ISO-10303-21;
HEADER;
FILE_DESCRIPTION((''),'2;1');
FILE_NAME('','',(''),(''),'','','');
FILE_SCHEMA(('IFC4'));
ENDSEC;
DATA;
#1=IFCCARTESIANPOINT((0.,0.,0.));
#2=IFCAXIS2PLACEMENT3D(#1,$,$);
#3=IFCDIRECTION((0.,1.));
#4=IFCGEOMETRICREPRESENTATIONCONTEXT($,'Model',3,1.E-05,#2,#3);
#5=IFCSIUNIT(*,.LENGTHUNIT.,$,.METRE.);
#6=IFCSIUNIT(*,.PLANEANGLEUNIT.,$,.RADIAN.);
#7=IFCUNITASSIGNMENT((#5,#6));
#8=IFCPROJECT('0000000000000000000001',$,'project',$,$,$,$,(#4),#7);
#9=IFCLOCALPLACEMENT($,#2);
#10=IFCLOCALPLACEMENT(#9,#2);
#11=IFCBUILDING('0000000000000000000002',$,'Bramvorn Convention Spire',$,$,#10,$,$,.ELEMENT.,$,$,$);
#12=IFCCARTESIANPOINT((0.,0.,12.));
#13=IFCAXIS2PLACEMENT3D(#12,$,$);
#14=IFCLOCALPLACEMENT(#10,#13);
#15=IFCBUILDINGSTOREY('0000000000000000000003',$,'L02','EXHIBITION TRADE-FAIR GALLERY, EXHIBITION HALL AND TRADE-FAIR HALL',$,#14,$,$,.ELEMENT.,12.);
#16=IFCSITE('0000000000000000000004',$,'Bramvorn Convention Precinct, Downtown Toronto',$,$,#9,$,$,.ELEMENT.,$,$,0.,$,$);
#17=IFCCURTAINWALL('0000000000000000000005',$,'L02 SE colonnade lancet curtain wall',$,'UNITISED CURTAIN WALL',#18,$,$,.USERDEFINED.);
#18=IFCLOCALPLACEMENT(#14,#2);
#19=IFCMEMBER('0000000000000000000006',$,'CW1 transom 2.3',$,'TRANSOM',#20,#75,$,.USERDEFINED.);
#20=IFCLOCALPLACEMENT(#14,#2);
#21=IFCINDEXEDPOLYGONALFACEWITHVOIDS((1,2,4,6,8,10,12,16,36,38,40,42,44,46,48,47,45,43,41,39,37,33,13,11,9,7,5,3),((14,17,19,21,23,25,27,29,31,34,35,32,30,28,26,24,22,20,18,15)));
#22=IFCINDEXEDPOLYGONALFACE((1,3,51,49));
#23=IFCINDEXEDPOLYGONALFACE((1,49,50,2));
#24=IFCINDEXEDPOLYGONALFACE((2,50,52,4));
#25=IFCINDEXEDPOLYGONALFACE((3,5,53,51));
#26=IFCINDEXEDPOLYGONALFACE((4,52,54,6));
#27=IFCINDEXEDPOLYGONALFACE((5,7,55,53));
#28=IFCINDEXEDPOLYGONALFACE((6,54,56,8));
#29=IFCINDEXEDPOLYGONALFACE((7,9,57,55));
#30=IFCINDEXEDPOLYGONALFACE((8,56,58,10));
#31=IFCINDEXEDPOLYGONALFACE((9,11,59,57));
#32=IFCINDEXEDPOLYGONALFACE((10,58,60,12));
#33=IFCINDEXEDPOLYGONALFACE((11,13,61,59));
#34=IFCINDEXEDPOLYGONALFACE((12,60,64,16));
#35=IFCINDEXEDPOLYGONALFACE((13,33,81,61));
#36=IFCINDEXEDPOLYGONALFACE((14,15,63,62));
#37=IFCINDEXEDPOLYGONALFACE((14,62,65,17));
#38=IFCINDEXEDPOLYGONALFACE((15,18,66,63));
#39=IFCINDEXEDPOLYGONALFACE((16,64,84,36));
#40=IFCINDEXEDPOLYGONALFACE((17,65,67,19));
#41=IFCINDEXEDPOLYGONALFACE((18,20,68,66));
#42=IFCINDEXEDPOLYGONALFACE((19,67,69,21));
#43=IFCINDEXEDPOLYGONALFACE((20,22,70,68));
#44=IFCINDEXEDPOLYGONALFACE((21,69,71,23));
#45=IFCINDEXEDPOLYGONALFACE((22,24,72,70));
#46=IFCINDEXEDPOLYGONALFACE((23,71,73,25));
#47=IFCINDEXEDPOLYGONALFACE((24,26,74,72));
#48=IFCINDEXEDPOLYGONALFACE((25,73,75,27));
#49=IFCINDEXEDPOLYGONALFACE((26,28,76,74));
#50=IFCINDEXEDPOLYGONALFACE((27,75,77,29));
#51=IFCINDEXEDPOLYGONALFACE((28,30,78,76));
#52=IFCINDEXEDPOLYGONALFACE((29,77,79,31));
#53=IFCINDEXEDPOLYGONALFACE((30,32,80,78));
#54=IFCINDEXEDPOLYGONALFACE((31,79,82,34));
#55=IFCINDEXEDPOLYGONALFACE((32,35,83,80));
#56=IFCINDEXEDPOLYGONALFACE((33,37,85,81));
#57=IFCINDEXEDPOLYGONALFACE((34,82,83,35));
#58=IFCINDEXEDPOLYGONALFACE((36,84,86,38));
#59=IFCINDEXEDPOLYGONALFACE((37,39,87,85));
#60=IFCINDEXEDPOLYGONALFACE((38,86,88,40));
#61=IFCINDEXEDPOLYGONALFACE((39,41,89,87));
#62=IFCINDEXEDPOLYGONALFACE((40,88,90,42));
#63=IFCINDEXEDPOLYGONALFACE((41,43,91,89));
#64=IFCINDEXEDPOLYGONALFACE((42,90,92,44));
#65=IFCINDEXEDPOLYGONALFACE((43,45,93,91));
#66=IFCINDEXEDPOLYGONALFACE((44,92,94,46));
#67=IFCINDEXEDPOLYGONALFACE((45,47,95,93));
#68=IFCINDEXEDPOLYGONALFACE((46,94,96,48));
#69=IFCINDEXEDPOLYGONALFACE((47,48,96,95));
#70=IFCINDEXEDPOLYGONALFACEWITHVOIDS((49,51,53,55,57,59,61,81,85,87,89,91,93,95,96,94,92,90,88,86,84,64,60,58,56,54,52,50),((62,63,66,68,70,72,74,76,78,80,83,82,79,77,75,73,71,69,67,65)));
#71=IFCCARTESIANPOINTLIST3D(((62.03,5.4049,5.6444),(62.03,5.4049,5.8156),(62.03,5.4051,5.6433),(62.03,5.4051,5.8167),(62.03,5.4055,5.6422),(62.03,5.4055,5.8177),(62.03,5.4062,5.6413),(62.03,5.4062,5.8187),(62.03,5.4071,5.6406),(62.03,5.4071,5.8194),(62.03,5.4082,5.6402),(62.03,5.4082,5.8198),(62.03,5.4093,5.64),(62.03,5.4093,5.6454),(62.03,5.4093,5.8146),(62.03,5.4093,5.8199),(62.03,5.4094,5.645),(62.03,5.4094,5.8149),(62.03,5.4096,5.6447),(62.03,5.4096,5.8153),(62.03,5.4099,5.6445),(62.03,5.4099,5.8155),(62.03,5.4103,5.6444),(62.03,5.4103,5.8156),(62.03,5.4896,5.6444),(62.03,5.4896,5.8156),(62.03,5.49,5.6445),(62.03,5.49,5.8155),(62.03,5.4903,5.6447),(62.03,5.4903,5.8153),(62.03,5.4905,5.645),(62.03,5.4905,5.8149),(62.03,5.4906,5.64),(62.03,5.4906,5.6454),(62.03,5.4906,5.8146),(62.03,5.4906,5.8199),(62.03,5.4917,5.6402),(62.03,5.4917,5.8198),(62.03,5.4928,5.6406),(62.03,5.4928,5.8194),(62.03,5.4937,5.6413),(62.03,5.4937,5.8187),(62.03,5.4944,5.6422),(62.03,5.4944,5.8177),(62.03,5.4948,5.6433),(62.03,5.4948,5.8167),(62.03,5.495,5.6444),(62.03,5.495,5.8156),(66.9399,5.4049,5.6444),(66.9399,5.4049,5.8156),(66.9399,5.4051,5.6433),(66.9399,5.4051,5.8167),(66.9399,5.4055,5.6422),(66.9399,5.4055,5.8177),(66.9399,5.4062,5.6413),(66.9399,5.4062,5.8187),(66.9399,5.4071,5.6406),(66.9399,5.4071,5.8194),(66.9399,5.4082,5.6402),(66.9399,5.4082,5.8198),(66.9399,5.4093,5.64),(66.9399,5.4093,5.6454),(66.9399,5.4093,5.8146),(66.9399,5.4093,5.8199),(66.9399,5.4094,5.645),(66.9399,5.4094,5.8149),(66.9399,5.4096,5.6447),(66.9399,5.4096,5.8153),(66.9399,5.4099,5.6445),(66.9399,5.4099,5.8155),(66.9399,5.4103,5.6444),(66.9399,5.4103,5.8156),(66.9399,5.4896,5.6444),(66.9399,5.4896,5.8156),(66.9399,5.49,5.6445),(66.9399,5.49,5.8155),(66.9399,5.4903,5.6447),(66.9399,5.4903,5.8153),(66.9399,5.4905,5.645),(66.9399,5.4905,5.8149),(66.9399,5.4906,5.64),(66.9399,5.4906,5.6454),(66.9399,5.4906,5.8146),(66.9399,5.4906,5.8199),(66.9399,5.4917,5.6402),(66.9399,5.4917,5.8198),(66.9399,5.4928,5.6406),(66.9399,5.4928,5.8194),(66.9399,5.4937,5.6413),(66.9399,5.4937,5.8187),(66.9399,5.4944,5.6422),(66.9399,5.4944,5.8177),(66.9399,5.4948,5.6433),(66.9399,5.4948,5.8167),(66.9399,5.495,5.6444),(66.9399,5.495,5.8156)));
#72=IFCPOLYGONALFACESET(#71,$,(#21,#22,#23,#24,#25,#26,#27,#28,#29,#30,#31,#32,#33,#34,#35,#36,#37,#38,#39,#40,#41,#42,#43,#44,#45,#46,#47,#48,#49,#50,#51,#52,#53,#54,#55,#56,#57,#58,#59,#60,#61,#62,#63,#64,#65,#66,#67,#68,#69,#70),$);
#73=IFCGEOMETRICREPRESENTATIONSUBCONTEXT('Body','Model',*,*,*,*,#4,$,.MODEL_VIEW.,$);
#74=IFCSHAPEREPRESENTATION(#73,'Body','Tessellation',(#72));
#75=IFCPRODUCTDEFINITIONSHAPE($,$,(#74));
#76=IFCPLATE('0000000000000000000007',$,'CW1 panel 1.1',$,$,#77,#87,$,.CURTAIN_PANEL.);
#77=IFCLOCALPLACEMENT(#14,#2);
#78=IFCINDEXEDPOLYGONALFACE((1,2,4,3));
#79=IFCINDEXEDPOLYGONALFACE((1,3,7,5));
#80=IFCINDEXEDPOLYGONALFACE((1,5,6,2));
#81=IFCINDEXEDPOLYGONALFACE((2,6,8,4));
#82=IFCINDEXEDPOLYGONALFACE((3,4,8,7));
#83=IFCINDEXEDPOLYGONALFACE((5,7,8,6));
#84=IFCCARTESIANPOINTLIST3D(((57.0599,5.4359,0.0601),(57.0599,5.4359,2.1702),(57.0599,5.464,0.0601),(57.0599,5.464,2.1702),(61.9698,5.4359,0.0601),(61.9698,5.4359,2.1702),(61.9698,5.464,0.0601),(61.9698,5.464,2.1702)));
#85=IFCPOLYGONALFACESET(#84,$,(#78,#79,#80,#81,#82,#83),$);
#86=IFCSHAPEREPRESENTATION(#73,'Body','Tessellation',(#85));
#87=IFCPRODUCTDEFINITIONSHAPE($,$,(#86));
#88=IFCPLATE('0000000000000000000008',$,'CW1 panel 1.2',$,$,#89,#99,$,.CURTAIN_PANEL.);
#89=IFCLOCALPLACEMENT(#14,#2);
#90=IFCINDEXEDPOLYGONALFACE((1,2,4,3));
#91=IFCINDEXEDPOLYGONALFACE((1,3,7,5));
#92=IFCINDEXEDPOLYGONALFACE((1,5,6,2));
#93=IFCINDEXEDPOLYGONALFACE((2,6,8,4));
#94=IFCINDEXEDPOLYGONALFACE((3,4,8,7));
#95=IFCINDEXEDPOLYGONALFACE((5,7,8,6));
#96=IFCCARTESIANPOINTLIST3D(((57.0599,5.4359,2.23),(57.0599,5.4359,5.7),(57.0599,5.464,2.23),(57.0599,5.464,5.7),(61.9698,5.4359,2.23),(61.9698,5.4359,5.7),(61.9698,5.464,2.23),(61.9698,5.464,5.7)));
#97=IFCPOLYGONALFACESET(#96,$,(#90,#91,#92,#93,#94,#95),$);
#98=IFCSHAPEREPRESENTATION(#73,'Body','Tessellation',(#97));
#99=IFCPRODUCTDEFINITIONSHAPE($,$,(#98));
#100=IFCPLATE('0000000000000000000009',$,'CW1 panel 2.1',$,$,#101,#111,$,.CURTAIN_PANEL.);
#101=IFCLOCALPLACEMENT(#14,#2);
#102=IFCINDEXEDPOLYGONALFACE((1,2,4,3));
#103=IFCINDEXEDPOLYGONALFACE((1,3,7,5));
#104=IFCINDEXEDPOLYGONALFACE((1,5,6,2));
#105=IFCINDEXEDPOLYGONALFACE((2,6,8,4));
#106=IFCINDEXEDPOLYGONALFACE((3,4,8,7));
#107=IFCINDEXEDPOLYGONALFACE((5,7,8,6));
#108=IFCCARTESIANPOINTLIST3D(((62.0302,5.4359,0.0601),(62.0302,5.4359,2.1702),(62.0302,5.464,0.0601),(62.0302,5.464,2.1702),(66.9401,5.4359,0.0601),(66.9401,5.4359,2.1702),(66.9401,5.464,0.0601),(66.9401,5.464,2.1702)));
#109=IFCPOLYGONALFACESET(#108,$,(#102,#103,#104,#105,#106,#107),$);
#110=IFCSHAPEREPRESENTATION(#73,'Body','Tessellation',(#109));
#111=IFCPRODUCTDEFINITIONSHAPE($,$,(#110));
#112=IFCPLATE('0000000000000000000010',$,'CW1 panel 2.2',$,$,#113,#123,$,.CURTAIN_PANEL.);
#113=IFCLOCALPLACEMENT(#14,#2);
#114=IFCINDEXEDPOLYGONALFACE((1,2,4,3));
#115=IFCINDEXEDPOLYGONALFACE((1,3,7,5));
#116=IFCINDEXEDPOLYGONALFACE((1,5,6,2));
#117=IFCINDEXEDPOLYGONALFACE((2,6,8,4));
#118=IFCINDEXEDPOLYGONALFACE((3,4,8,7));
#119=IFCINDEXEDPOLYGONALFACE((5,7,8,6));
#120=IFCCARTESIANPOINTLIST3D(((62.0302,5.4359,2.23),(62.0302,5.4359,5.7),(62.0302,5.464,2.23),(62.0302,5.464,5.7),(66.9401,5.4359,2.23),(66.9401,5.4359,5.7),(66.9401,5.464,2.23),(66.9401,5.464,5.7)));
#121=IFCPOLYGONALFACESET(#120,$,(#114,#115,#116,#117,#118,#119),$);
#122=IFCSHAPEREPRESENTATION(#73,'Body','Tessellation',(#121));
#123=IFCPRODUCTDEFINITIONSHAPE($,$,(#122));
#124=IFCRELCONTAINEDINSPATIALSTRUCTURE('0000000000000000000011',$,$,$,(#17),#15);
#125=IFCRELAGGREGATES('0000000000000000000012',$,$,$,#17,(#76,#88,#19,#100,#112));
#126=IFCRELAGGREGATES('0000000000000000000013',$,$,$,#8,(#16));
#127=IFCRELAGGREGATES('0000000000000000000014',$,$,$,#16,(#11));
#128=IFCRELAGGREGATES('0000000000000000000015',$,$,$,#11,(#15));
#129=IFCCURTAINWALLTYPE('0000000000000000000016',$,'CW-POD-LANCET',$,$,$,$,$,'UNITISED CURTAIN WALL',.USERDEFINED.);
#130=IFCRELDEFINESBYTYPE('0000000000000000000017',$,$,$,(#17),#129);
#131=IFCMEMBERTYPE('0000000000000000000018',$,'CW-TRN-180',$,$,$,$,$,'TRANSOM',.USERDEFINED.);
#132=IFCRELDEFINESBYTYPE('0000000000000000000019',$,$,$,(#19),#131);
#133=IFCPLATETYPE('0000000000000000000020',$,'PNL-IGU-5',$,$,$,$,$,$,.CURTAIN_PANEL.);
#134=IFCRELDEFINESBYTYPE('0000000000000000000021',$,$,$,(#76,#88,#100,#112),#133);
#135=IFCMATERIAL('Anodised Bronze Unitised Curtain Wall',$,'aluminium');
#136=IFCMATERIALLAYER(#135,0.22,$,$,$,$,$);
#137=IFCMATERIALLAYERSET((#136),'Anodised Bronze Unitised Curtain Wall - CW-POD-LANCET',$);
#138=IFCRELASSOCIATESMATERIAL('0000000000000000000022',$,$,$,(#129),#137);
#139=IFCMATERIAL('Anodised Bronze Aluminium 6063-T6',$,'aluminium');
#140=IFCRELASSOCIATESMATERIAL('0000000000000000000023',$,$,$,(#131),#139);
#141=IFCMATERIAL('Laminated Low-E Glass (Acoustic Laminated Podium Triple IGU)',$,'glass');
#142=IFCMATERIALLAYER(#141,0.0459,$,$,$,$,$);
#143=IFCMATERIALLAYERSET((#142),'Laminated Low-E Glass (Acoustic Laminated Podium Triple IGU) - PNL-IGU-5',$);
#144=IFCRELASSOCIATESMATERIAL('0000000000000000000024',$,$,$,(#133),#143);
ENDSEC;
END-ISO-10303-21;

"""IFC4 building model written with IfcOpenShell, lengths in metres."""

from ifc_helpers import new_model, si_unit, direction, frame, origin, origin_2d, place, context, subcontext, project, spatial, rectangle, hollow_rectangle, extrude, material, layer, layer_set, material_profile, profile_set, type_object, element, aggregate, save


model = new_model("IFC4")

# Units and contexts
model_context = context("Model", 3, precision=1e-05, world=origin(), true_north=direction((0.0, 1.0)))
body_context = subcontext(model_context, "Body", "Model", "MODEL_VIEW")
ifc_project = project(units=[si_unit("LENGTHUNIT", "METRE"), si_unit("PLANEANGLEUNIT", "RADIAN")], contexts=[model_context])

# Site, building, storey
site_placement = place(None, origin())
site = spatial("IfcSite", under=ifc_project, at=site_placement, Name="Bramvorn Convention Precinct, Downtown Toronto", CompositionType="ELEMENT", RefElevation=0.0)
building_placement = place(site_placement, origin())
building = spatial("IfcBuilding", under=site, at=building_placement, Name="Bramvorn Convention Spire", CompositionType="ELEMENT")
storey_placement = place(building_placement, frame((0.0, 0.0, 12.0)))
storey = spatial("IfcBuildingStorey", under=building, at=storey_placement, Name="L02", Description="EXHIBITION TRADE-FAIR GALLERY, EXHIBITION HALL AND TRADE-FAIR HALL", CompositionType="ELEMENT", Elevation=12.0)

# Curtain wall, member, plates
ifc_material_1 = material(Name="Anodised Bronze Unitised Curtain Wall", Category="aluminium")
ifc_layer_1 = layer(ifc_material_1, 0.22)
ifc_layer_set_1 = layer_set([ifc_layer_1], Name="Anodised Bronze Unitised Curtain Wall - CW-POD-LANCET")
curtain_wall_type = type_object("IfcCurtainWallType", Name="CW-POD-LANCET", ElementType="UNITISED CURTAIN WALL", PredefinedType="USERDEFINED", material=ifc_layer_set_1)
curtain_wall_placement = place(storey_placement, origin())
curtain_wall = element("IfcCurtainWall", 1, at=curtain_wall_placement, inside=storey, type_object=curtain_wall_type, Name="L02 SE colonnade lancet curtain wall", ObjectType="UNITISED CURTAIN WALL", PredefinedType="USERDEFINED")
ifc_material_2 = material(Name="Anodised Bronze Aluminium 6063-T6", Category="aluminium")
ifc_material_profile_1 = material_profile(ifc_material_2, hollow_rectangle(XDim=0.0901, YDim=0.1799, WallThickness=0.0044, InnerFilletRadius=0.001, OuterFilletRadius=0.0044, at=origin_2d()))
ifc_profile_set_1 = profile_set([ifc_material_profile_1], Name="Anodised Bronze Aluminium 6063-T6 - CWT90X180")
member_type_1 = type_object("IfcMemberType", Name="CW-TRN-180", ElementType="TRANSOM", PredefinedType="USERDEFINED", material=ifc_profile_set_1)
member_1_placement = place(storey_placement, frame((62.03, 5.45, 5.73), z_axis=(1.0, 0.0, 0.0), x_axis=(0.0, 1.0, 0.0)))
member_1 = element("IfcMember", 2, at=member_1_placement, type_object=member_type_1, Name="CW1 transom 2.3", ObjectType="TRANSOM", PredefinedType="USERDEFINED", context=body_context, shape_type="SweptSolid", body=[
    extrude(hollow_rectangle(XDim=0.0901, YDim=0.1799, WallThickness=0.0044, InnerFilletRadius=0.001, OuterFilletRadius=0.0044, at=origin_2d()), origin(), (0.0, 0.0, 1.0), 4.9099),
])
ifc_material_3 = material(Name="Laminated Low-E Glass (Acoustic Laminated Podium Triple IGU)", Category="glass")
ifc_layer_2 = layer(ifc_material_3, 0.0459)
ifc_layer_set_2 = layer_set([ifc_layer_2], Name="Laminated Low-E Glass (Acoustic Laminated Podium Triple IGU) - PNL-IGU-5")
plate_type = type_object("IfcPlateType", Name="PNL-IGU-5", PredefinedType="CURTAIN_PANEL", material=ifc_layer_set_2)
plate_1_placement = place(storey_placement, frame((59.5149, 5.45, 0.0601), z_axis=(0.0, 0.0, 1.0), x_axis=(1.0, 0.0, 0.0)))
plate_1 = element("IfcPlate", 3, at=plate_1_placement, type_object=plate_type, Name="CW1 panel 1.1", PredefinedType="CURTAIN_PANEL", context=body_context, shape_type="SweptSolid", body=[
    extrude(rectangle(XDim=4.9099, YDim=0.0281, at=origin_2d()), origin(), (0.0, 0.0, 1.0), 2.1101),
])
plate_2_placement = place(storey_placement, frame((59.5149, 5.45, 2.23), z_axis=(0.0, 0.0, 1.0), x_axis=(1.0, 0.0, 0.0)))
plate_2 = element("IfcPlate", 4, at=plate_2_placement, type_object=plate_type, Name="CW1 panel 1.2", PredefinedType="CURTAIN_PANEL", context=body_context, shape_type="SweptSolid", body=[
    extrude(rectangle(XDim=4.9099, YDim=0.0281, at=origin_2d()), origin(), (0.0, 0.0, 1.0), 3.47),
])
plate_3_placement = place(storey_placement, frame((64.4851, 5.45, 0.0601), z_axis=(0.0, 0.0, 1.0), x_axis=(1.0, 0.0, 0.0)))
plate_3 = element("IfcPlate", 5, at=plate_3_placement, type_object=plate_type, Name="CW1 panel 2.1", PredefinedType="CURTAIN_PANEL", context=body_context, shape_type="SweptSolid", body=[
    extrude(rectangle(XDim=4.9099, YDim=0.0281, at=origin_2d()), origin(), (0.0, 0.0, 1.0), 2.1101),
])
plate_4_placement = place(storey_placement, frame((64.4851, 5.45, 2.23), z_axis=(0.0, 0.0, 1.0), x_axis=(1.0, 0.0, 0.0)))
plate_4 = element("IfcPlate", 6, at=plate_4_placement, type_object=plate_type, Name="CW1 panel 2.2", PredefinedType="CURTAIN_PANEL", context=body_context, shape_type="SweptSolid", body=[
    extrude(rectangle(XDim=4.9099, YDim=0.0281, at=origin_2d()), origin(), (0.0, 0.0, 1.0), 3.47),
])
aggregate(curtain_wall, [plate_1, plate_2, member_1, plate_3, plate_4])

save(model, "model.ifc")
